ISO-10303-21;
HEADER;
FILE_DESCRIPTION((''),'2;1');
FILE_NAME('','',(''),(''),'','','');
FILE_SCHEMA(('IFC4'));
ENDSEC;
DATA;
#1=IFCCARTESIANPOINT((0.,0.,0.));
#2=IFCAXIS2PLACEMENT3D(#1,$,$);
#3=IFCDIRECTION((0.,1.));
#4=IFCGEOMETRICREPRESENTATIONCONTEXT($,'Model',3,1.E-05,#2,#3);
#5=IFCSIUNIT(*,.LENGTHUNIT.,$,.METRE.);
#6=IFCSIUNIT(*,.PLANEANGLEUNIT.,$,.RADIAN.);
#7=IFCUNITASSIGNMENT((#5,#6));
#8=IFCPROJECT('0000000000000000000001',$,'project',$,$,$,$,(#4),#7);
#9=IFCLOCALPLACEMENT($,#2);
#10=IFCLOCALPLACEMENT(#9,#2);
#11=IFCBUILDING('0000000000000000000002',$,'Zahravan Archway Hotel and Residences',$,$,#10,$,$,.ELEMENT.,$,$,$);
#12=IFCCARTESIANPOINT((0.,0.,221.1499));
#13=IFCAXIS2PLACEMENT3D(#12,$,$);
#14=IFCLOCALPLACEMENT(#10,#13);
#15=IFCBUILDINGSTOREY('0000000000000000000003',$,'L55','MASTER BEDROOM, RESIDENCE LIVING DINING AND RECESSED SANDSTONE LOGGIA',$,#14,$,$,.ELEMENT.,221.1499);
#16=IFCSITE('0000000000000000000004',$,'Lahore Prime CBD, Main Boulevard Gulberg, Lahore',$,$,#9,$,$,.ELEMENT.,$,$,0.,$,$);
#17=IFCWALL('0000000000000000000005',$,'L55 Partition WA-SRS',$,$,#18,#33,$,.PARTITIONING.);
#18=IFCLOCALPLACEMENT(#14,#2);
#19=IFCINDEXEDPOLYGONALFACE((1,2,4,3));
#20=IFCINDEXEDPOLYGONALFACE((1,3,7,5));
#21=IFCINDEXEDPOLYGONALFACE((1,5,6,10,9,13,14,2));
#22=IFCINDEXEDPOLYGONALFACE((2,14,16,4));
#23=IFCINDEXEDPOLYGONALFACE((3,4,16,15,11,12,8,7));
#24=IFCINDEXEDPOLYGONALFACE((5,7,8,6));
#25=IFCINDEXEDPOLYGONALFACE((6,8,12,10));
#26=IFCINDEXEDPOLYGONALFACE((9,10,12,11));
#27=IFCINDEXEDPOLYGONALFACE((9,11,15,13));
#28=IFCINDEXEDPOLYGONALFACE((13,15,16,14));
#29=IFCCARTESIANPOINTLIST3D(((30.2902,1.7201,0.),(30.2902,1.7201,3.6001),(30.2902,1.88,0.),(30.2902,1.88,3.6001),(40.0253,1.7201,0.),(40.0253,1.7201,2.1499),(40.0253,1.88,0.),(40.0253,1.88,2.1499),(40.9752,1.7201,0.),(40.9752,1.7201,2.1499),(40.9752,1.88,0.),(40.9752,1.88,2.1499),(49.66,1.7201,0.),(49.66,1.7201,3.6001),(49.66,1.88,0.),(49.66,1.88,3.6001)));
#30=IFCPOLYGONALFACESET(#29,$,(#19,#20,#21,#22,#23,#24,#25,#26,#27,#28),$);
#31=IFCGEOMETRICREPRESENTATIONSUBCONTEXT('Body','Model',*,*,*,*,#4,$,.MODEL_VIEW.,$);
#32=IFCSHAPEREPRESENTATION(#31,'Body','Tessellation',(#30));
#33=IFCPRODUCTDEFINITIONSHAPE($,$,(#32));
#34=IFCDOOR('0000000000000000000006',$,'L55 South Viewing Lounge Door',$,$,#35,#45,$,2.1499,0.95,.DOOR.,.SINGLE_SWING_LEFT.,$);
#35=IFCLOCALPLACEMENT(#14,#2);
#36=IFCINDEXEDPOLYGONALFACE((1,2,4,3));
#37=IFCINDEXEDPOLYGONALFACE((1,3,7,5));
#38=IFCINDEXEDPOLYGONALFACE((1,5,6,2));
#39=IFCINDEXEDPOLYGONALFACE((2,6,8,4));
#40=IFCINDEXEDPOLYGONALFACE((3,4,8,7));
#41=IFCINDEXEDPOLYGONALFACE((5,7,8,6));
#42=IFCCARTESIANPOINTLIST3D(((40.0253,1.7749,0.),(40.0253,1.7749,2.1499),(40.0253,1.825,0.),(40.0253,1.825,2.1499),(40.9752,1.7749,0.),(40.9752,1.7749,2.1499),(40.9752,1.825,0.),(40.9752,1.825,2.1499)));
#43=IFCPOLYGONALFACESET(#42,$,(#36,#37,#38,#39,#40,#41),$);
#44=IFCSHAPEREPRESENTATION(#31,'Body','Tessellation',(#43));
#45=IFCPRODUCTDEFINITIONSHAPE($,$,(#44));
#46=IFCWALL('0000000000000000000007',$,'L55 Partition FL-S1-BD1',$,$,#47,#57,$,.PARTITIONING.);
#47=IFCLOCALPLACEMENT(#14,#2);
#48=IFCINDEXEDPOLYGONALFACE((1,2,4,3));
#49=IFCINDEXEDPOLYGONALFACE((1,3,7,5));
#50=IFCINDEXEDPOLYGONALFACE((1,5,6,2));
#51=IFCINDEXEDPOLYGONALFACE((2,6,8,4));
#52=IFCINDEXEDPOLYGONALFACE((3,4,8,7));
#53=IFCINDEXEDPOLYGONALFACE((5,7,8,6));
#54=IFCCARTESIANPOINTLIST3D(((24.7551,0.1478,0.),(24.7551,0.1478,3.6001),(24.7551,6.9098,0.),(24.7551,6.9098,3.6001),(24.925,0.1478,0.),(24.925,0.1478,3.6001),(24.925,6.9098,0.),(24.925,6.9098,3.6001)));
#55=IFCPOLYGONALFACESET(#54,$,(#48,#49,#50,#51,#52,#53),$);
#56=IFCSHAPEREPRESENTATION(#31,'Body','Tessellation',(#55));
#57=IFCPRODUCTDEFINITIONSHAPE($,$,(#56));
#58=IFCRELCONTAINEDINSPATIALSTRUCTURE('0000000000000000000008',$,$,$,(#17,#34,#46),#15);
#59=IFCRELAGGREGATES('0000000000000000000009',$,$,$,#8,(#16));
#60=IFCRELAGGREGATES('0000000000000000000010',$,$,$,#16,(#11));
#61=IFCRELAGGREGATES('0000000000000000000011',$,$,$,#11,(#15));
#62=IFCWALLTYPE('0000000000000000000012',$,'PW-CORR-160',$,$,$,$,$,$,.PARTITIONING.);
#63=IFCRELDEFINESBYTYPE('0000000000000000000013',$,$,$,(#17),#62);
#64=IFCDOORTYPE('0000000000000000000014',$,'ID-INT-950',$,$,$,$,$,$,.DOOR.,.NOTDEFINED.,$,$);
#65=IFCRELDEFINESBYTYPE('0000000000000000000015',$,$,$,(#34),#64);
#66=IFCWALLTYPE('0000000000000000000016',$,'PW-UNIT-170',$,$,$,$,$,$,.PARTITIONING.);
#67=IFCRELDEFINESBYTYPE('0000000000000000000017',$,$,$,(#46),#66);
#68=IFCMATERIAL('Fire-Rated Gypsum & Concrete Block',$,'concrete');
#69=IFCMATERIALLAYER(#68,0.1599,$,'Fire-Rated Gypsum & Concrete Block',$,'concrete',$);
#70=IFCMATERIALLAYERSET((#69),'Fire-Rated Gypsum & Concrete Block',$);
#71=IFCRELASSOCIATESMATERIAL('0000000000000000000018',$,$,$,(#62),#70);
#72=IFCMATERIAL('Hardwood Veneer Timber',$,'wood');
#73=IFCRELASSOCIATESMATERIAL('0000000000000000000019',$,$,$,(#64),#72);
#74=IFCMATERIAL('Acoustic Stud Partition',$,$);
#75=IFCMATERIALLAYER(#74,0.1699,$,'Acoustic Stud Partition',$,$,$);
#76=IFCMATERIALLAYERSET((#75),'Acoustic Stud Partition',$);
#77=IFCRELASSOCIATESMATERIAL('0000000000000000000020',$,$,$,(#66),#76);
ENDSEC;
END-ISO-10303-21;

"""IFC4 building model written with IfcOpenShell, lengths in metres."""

from ifc_helpers import new_model, si_unit, direction, frame, frame_2d, origin, place, context, subcontext, project, spatial, rectangle, extrude, source, transform, mapped, material, layer, layer_set, type_object, type_shapes, element, fill, save


model = new_model("IFC4")

# Units and contexts
model_context = context("Model", 3, precision=1e-05, world=origin(), true_north=direction((0.0, 1.0)))
body_context = subcontext(model_context, "Body", "Model", "MODEL_VIEW")
ifc_project = project(units=[si_unit("LENGTHUNIT", "METRE"), si_unit("PLANEANGLEUNIT", "RADIAN")], contexts=[model_context])

# Site, building, storey
site_placement = place(None, origin())
site = spatial("IfcSite", under=ifc_project, at=site_placement, Name="Lahore Prime CBD, Main Boulevard Gulberg, Lahore", CompositionType="ELEMENT", RefElevation=0.0)
building_placement = place(site_placement, origin())
building = spatial("IfcBuilding", under=site, at=building_placement, Name="Zahravan Archway Hotel and Residences", CompositionType="ELEMENT")
storey_placement = place(building_placement, frame((0.0, 0.0, 221.1499)))
storey = spatial("IfcBuildingStorey", under=building, at=storey_placement, Name="L55", Description="MASTER BEDROOM, RESIDENCE LIVING DINING AND RECESSED SANDSTONE LOGGIA", CompositionType="ELEMENT", Elevation=221.1499)

# Wall, opening, door
ifc_material_1 = material(Name="Fire-Rated Gypsum & Concrete Block", Category="concrete")
ifc_layer_1 = layer(ifc_material_1, 0.1599, Name="Fire-Rated Gypsum & Concrete Block", Category="concrete")
ifc_layer_set_1 = layer_set([ifc_layer_1], Name="Fire-Rated Gypsum & Concrete Block")
wall_type_1 = type_object("IfcWallType", Name="PW-CORR-160", PredefinedType="PARTITIONING", material=ifc_layer_set_1)
wall_1_placement = place(storey_placement, frame((30.29, 1.8, 0.0), z_axis=(0.0, 0.0, 1.0), x_axis=(1.0, 0.0, 0.0)))
wall_1 = element("IfcWall", 1, at=wall_1_placement, inside=storey, type_object=wall_type_1, Name="L55 Partition WA-SRS", PredefinedType="PARTITIONING", context=body_context, shape_type="SweptSolid", body=[
    extrude(rectangle(XDim=19.3699, YDim=0.1599, at=frame_2d((9.6851, 0.0))), origin(), (0.0, 0.0, 1.0), 3.6001),
])
opening_1_placement = place(wall_1_placement, frame((9.7351, 0.0, 0.0)))
opening_1 = element("IfcOpeningElement", 2, at=opening_1_placement, cuts=wall_1, PredefinedType="OPENING", context=body_context, shape_type="SweptSolid", body=[
    extrude(rectangle(XDim=0.95, YDim=2.1499, at=frame_2d((0.4751, 1.075))), frame((0.0, 0.0898, 0.0), z_axis=(0.0, -1.0, 0.0), x_axis=(1.0, 0.0, 0.0)), (0.0, 0.0, 1.0), 0.1799),
])
ifc_material_2 = material(Name="Hardwood Veneer Timber", Category="wood")
door_type_1 = type_object("IfcDoorType", Name="ID-INT-950", OperationType="NOTDEFINED", PredefinedType="DOOR", material=ifc_material_2)
shared_shape_1 = source(origin(), body_context, "Body", "SweptSolid", [
    extrude(rectangle(XDim=0.95, YDim=2.1499, at=frame_2d((0.4751, 1.075))), frame((0.0, 0.0249, 0.0), z_axis=(0.0, -1.0, 0.0), x_axis=(1.0, 0.0, 0.0)), (0.0, 0.0, 1.0), 0.05),
])
type_shapes(door_type_1, [shared_shape_1])
door_1_placement = place(opening_1_placement, origin())
door_1 = element("IfcDoor", 3, at=door_1_placement, inside=storey, type_object=door_type_1, Name="L55 South Viewing Lounge Door", OperationType="SINGLE_SWING_LEFT", OverallHeight=2.1499, OverallWidth=0.95, PredefinedType="DOOR", context=body_context, shape_type="MappedRepresentation", body=[
    mapped(shared_shape_1, transform((0.0, 0.0, 0.0), scale=1.0)),
])
fill(opening_1, door_1)

# Shared definitions
ifc_material_3 = material(Name="Acoustic Stud Partition")
ifc_layer_2 = layer(ifc_material_3, 0.1699, Name="Acoustic Stud Partition")
ifc_layer_set_2 = layer_set([ifc_layer_2], Name="Acoustic Stud Partition")
wall_type_2 = type_object("IfcWallType", Name="PW-UNIT-170", PredefinedType="PARTITIONING", material=ifc_layer_set_2)

# Wall
wall_2_placement = place(storey_placement, frame((24.8401, 0.1479, 0.0), z_axis=(0.0, 0.0, 1.0), x_axis=(0.0, 1.0, 0.0)))
element("IfcWall", 4, at=wall_2_placement, inside=storey, type_object=wall_type_2, Name="L55 Partition FL-S1-BD1", PredefinedType="PARTITIONING", context=body_context, shape_type="SweptSolid", body=[
    extrude(rectangle(XDim=6.762, YDim=0.1699, at=frame_2d((3.3809, 0.0))), origin(), (0.0, 0.0, 1.0), 3.6001),
])

save(model, "model.ifc")
